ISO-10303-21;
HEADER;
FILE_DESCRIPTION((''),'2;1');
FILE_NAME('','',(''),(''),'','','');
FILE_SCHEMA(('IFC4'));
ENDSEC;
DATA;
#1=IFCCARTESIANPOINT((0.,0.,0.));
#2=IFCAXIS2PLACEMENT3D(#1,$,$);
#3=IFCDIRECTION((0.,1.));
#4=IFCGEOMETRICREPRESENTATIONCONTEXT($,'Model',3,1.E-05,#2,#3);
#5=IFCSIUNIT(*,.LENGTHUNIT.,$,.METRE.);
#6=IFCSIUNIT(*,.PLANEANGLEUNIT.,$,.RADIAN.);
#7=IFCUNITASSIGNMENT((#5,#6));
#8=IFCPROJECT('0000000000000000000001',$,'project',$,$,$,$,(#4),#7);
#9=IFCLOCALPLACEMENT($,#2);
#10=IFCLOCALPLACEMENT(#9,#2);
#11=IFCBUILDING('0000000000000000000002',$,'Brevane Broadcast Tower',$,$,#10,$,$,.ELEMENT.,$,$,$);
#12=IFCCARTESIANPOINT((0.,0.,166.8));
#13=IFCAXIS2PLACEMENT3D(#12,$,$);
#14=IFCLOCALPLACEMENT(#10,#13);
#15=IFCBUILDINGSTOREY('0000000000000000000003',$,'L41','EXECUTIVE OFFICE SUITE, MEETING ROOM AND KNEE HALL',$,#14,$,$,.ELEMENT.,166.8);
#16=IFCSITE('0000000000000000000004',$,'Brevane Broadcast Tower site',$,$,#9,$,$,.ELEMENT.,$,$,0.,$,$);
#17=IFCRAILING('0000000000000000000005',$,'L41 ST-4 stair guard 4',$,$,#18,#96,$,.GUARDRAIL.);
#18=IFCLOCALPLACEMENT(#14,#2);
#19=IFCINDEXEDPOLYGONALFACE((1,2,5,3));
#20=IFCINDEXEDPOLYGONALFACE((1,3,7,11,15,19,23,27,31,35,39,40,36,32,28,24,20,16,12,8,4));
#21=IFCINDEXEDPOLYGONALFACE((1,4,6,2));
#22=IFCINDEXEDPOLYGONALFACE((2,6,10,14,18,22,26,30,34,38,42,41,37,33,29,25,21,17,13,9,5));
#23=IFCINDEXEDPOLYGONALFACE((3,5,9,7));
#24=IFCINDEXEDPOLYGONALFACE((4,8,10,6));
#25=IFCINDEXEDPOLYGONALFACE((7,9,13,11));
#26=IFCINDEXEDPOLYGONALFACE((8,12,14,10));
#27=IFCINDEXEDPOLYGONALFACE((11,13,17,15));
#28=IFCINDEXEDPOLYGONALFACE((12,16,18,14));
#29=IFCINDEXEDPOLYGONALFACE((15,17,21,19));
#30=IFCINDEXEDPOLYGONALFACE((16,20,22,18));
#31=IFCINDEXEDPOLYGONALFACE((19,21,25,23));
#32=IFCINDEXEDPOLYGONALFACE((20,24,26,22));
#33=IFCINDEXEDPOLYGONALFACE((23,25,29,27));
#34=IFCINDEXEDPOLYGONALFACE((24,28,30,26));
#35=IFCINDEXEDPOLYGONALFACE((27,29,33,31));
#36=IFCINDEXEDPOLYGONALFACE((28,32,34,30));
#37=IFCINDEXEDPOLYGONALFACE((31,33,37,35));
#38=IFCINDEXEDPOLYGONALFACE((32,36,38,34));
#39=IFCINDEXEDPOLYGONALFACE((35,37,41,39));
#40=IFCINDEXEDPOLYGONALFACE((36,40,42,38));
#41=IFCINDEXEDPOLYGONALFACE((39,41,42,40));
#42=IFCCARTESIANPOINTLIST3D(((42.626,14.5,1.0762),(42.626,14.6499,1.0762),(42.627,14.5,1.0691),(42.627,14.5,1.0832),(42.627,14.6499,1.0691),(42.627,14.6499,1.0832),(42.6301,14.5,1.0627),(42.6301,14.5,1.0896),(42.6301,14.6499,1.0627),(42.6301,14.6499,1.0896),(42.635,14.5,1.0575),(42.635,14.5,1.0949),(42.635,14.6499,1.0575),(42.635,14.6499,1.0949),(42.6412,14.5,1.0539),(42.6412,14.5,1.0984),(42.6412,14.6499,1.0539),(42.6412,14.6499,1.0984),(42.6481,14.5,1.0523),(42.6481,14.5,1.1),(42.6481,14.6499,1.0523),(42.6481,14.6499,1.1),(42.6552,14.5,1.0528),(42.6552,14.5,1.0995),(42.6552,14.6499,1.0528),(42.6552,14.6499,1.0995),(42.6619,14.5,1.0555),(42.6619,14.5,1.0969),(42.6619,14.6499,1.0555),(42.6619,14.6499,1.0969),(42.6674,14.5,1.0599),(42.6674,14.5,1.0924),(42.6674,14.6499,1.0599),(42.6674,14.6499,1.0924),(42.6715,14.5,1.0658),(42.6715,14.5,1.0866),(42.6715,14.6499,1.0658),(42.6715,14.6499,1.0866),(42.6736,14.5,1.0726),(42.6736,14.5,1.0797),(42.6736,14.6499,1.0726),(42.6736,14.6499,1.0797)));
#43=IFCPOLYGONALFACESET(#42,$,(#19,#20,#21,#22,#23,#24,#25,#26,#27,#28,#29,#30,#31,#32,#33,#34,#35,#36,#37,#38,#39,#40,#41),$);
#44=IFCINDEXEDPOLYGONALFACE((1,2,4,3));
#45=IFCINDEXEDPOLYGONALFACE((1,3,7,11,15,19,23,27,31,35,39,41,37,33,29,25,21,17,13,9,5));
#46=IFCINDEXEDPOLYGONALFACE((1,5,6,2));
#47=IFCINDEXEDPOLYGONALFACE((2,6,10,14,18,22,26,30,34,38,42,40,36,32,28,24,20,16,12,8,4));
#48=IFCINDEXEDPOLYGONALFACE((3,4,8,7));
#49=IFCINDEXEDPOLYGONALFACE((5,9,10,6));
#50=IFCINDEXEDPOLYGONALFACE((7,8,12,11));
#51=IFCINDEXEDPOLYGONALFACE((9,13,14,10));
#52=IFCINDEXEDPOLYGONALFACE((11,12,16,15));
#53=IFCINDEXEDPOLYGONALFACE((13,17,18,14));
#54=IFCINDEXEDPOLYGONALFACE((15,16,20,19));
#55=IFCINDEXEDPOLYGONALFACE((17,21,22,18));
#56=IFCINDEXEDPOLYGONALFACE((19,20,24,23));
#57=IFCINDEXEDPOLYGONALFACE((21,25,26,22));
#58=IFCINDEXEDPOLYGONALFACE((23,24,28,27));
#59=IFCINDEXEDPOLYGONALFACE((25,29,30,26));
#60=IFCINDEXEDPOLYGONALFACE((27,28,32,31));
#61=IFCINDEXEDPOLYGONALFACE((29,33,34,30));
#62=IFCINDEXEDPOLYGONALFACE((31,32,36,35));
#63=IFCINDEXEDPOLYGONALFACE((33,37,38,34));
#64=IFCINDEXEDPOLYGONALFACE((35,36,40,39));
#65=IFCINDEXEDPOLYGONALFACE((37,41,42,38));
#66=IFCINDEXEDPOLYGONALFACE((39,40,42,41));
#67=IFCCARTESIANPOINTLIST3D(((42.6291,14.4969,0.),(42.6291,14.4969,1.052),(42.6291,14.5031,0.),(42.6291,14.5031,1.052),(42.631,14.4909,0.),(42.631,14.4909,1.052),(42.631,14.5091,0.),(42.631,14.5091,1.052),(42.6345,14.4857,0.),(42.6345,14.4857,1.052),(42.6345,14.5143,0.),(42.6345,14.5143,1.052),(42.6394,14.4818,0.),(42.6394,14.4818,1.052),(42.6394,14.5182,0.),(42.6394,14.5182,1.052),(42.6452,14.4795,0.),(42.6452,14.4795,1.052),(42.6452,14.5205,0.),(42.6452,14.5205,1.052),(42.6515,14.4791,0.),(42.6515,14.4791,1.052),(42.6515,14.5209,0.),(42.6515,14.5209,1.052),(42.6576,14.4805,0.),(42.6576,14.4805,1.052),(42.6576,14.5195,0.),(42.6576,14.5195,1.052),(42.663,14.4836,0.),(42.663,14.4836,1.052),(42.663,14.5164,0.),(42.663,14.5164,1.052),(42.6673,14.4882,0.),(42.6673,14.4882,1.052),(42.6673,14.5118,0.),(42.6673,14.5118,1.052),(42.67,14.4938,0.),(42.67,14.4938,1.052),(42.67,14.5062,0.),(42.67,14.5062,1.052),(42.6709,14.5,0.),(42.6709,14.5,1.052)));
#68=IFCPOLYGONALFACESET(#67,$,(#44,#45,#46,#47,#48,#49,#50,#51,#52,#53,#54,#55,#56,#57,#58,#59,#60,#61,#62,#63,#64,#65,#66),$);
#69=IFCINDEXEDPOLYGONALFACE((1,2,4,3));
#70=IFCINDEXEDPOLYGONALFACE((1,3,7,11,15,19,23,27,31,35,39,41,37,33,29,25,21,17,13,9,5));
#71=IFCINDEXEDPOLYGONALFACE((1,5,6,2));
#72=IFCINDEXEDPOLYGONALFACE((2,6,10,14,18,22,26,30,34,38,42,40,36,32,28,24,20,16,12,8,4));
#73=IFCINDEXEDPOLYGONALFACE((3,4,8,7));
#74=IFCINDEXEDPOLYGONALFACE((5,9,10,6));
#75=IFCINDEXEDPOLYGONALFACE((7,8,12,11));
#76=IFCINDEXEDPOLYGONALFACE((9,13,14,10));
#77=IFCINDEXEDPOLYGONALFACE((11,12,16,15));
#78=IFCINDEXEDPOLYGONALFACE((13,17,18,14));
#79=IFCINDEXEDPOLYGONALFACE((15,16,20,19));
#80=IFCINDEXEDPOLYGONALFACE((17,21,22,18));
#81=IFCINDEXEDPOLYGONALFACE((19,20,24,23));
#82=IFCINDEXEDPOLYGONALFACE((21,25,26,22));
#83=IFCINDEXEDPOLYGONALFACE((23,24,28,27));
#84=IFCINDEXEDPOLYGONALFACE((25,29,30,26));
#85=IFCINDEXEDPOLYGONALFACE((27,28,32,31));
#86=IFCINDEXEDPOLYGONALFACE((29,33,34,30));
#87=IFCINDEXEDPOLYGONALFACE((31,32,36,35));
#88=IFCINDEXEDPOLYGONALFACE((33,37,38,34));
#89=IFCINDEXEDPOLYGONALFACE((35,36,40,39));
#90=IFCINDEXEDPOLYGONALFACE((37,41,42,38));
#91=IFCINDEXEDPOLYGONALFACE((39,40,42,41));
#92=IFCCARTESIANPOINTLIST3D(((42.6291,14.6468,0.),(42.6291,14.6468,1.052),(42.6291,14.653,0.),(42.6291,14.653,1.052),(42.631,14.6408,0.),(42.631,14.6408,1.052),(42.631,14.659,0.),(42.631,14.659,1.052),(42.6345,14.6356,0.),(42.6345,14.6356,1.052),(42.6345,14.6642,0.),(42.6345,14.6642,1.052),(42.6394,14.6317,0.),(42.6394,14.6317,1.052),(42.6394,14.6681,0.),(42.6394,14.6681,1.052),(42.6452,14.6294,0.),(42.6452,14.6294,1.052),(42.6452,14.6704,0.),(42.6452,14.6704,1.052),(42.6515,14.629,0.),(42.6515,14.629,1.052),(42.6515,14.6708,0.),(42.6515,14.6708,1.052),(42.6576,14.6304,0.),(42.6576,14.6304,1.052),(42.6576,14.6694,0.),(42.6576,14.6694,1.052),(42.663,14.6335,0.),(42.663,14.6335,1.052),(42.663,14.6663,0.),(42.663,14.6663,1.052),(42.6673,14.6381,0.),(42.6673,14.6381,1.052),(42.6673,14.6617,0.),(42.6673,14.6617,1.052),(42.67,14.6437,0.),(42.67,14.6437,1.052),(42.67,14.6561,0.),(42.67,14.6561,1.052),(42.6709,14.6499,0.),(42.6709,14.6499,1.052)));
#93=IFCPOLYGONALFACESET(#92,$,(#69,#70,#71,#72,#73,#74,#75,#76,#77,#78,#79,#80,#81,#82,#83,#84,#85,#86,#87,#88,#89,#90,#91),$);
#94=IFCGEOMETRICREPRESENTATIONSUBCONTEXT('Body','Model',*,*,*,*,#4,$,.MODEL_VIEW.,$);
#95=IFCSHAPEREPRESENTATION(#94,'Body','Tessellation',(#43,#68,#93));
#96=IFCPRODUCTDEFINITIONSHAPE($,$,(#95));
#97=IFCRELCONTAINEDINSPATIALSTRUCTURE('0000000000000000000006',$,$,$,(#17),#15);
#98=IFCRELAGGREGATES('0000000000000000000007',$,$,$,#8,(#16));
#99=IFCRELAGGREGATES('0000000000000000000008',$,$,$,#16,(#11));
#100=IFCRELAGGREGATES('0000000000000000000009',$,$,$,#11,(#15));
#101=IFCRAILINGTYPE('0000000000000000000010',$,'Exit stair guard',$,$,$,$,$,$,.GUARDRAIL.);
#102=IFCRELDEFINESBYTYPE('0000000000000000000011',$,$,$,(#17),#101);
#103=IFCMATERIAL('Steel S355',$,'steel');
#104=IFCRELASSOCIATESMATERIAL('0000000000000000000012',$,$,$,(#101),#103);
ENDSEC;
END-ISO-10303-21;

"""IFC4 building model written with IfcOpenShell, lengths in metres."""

from ifc_helpers import new_model, si_unit, direction, frame, origin, origin_2d, place, context, subcontext, project, spatial, circle, extrude, material, type_object, element, save


model = new_model("IFC4")

# Units and contexts
model_context = context("Model", 3, precision=1e-05, world=origin(), true_north=direction((0.0, 1.0)))
body_context = subcontext(model_context, "Body", "Model", "MODEL_VIEW")
ifc_project = project(units=[si_unit("LENGTHUNIT", "METRE"), si_unit("PLANEANGLEUNIT", "RADIAN")], contexts=[model_context])

# Site, building, storey
site_placement = place(None, origin())
site = spatial("IfcSite", under=ifc_project, at=site_placement, Name="Brevane Broadcast Tower site", CompositionType="ELEMENT", RefElevation=0.0)
building_placement = place(site_placement, origin())
building = spatial("IfcBuilding", under=site, at=building_placement, Name="Brevane Broadcast Tower", CompositionType="ELEMENT")
storey_placement = place(building_placement, frame((0.0, 0.0, 166.8)))
storey = spatial("IfcBuildingStorey", under=building, at=storey_placement, Name="L41", Description="EXECUTIVE OFFICE SUITE, MEETING ROOM AND KNEE HALL", CompositionType="ELEMENT", Elevation=166.8)

# Railing
ifc_material_1 = material(Name="Steel S355", Category="steel")
railing_type_1 = type_object("IfcRailingType", Name="Exit stair guard", PredefinedType="GUARDRAIL", material=ifc_material_1)
railing_1_placement = place(storey_placement, frame((42.6499, 14.5, 0.0)))
element("IfcRailing", 1, at=railing_1_placement, inside=storey, type_object=railing_type_1, Name="L41 ST-4 stair guard 4", PredefinedType="GUARDRAIL", context=body_context, shape_type="SweptSolid", body=[
    extrude(circle(Radius=0.0239, at=origin_2d()), frame((0.0, 0.0, 1.0762), z_axis=(0.0, 1.0, 0.0), x_axis=(-1.0, 0.0, 0.0)), (0.0, 0.0, 1.0), 0.1499),
    extrude(circle(Radius=0.021, at=origin_2d()), origin(), (0.0, 0.0, 1.0), 1.052),
    extrude(circle(Radius=0.021, at=origin_2d()), frame((0.0, 0.1499, 0.0)), (0.0, 0.0, 1.0), 1.052),
])

save(model, "model.ifc")
